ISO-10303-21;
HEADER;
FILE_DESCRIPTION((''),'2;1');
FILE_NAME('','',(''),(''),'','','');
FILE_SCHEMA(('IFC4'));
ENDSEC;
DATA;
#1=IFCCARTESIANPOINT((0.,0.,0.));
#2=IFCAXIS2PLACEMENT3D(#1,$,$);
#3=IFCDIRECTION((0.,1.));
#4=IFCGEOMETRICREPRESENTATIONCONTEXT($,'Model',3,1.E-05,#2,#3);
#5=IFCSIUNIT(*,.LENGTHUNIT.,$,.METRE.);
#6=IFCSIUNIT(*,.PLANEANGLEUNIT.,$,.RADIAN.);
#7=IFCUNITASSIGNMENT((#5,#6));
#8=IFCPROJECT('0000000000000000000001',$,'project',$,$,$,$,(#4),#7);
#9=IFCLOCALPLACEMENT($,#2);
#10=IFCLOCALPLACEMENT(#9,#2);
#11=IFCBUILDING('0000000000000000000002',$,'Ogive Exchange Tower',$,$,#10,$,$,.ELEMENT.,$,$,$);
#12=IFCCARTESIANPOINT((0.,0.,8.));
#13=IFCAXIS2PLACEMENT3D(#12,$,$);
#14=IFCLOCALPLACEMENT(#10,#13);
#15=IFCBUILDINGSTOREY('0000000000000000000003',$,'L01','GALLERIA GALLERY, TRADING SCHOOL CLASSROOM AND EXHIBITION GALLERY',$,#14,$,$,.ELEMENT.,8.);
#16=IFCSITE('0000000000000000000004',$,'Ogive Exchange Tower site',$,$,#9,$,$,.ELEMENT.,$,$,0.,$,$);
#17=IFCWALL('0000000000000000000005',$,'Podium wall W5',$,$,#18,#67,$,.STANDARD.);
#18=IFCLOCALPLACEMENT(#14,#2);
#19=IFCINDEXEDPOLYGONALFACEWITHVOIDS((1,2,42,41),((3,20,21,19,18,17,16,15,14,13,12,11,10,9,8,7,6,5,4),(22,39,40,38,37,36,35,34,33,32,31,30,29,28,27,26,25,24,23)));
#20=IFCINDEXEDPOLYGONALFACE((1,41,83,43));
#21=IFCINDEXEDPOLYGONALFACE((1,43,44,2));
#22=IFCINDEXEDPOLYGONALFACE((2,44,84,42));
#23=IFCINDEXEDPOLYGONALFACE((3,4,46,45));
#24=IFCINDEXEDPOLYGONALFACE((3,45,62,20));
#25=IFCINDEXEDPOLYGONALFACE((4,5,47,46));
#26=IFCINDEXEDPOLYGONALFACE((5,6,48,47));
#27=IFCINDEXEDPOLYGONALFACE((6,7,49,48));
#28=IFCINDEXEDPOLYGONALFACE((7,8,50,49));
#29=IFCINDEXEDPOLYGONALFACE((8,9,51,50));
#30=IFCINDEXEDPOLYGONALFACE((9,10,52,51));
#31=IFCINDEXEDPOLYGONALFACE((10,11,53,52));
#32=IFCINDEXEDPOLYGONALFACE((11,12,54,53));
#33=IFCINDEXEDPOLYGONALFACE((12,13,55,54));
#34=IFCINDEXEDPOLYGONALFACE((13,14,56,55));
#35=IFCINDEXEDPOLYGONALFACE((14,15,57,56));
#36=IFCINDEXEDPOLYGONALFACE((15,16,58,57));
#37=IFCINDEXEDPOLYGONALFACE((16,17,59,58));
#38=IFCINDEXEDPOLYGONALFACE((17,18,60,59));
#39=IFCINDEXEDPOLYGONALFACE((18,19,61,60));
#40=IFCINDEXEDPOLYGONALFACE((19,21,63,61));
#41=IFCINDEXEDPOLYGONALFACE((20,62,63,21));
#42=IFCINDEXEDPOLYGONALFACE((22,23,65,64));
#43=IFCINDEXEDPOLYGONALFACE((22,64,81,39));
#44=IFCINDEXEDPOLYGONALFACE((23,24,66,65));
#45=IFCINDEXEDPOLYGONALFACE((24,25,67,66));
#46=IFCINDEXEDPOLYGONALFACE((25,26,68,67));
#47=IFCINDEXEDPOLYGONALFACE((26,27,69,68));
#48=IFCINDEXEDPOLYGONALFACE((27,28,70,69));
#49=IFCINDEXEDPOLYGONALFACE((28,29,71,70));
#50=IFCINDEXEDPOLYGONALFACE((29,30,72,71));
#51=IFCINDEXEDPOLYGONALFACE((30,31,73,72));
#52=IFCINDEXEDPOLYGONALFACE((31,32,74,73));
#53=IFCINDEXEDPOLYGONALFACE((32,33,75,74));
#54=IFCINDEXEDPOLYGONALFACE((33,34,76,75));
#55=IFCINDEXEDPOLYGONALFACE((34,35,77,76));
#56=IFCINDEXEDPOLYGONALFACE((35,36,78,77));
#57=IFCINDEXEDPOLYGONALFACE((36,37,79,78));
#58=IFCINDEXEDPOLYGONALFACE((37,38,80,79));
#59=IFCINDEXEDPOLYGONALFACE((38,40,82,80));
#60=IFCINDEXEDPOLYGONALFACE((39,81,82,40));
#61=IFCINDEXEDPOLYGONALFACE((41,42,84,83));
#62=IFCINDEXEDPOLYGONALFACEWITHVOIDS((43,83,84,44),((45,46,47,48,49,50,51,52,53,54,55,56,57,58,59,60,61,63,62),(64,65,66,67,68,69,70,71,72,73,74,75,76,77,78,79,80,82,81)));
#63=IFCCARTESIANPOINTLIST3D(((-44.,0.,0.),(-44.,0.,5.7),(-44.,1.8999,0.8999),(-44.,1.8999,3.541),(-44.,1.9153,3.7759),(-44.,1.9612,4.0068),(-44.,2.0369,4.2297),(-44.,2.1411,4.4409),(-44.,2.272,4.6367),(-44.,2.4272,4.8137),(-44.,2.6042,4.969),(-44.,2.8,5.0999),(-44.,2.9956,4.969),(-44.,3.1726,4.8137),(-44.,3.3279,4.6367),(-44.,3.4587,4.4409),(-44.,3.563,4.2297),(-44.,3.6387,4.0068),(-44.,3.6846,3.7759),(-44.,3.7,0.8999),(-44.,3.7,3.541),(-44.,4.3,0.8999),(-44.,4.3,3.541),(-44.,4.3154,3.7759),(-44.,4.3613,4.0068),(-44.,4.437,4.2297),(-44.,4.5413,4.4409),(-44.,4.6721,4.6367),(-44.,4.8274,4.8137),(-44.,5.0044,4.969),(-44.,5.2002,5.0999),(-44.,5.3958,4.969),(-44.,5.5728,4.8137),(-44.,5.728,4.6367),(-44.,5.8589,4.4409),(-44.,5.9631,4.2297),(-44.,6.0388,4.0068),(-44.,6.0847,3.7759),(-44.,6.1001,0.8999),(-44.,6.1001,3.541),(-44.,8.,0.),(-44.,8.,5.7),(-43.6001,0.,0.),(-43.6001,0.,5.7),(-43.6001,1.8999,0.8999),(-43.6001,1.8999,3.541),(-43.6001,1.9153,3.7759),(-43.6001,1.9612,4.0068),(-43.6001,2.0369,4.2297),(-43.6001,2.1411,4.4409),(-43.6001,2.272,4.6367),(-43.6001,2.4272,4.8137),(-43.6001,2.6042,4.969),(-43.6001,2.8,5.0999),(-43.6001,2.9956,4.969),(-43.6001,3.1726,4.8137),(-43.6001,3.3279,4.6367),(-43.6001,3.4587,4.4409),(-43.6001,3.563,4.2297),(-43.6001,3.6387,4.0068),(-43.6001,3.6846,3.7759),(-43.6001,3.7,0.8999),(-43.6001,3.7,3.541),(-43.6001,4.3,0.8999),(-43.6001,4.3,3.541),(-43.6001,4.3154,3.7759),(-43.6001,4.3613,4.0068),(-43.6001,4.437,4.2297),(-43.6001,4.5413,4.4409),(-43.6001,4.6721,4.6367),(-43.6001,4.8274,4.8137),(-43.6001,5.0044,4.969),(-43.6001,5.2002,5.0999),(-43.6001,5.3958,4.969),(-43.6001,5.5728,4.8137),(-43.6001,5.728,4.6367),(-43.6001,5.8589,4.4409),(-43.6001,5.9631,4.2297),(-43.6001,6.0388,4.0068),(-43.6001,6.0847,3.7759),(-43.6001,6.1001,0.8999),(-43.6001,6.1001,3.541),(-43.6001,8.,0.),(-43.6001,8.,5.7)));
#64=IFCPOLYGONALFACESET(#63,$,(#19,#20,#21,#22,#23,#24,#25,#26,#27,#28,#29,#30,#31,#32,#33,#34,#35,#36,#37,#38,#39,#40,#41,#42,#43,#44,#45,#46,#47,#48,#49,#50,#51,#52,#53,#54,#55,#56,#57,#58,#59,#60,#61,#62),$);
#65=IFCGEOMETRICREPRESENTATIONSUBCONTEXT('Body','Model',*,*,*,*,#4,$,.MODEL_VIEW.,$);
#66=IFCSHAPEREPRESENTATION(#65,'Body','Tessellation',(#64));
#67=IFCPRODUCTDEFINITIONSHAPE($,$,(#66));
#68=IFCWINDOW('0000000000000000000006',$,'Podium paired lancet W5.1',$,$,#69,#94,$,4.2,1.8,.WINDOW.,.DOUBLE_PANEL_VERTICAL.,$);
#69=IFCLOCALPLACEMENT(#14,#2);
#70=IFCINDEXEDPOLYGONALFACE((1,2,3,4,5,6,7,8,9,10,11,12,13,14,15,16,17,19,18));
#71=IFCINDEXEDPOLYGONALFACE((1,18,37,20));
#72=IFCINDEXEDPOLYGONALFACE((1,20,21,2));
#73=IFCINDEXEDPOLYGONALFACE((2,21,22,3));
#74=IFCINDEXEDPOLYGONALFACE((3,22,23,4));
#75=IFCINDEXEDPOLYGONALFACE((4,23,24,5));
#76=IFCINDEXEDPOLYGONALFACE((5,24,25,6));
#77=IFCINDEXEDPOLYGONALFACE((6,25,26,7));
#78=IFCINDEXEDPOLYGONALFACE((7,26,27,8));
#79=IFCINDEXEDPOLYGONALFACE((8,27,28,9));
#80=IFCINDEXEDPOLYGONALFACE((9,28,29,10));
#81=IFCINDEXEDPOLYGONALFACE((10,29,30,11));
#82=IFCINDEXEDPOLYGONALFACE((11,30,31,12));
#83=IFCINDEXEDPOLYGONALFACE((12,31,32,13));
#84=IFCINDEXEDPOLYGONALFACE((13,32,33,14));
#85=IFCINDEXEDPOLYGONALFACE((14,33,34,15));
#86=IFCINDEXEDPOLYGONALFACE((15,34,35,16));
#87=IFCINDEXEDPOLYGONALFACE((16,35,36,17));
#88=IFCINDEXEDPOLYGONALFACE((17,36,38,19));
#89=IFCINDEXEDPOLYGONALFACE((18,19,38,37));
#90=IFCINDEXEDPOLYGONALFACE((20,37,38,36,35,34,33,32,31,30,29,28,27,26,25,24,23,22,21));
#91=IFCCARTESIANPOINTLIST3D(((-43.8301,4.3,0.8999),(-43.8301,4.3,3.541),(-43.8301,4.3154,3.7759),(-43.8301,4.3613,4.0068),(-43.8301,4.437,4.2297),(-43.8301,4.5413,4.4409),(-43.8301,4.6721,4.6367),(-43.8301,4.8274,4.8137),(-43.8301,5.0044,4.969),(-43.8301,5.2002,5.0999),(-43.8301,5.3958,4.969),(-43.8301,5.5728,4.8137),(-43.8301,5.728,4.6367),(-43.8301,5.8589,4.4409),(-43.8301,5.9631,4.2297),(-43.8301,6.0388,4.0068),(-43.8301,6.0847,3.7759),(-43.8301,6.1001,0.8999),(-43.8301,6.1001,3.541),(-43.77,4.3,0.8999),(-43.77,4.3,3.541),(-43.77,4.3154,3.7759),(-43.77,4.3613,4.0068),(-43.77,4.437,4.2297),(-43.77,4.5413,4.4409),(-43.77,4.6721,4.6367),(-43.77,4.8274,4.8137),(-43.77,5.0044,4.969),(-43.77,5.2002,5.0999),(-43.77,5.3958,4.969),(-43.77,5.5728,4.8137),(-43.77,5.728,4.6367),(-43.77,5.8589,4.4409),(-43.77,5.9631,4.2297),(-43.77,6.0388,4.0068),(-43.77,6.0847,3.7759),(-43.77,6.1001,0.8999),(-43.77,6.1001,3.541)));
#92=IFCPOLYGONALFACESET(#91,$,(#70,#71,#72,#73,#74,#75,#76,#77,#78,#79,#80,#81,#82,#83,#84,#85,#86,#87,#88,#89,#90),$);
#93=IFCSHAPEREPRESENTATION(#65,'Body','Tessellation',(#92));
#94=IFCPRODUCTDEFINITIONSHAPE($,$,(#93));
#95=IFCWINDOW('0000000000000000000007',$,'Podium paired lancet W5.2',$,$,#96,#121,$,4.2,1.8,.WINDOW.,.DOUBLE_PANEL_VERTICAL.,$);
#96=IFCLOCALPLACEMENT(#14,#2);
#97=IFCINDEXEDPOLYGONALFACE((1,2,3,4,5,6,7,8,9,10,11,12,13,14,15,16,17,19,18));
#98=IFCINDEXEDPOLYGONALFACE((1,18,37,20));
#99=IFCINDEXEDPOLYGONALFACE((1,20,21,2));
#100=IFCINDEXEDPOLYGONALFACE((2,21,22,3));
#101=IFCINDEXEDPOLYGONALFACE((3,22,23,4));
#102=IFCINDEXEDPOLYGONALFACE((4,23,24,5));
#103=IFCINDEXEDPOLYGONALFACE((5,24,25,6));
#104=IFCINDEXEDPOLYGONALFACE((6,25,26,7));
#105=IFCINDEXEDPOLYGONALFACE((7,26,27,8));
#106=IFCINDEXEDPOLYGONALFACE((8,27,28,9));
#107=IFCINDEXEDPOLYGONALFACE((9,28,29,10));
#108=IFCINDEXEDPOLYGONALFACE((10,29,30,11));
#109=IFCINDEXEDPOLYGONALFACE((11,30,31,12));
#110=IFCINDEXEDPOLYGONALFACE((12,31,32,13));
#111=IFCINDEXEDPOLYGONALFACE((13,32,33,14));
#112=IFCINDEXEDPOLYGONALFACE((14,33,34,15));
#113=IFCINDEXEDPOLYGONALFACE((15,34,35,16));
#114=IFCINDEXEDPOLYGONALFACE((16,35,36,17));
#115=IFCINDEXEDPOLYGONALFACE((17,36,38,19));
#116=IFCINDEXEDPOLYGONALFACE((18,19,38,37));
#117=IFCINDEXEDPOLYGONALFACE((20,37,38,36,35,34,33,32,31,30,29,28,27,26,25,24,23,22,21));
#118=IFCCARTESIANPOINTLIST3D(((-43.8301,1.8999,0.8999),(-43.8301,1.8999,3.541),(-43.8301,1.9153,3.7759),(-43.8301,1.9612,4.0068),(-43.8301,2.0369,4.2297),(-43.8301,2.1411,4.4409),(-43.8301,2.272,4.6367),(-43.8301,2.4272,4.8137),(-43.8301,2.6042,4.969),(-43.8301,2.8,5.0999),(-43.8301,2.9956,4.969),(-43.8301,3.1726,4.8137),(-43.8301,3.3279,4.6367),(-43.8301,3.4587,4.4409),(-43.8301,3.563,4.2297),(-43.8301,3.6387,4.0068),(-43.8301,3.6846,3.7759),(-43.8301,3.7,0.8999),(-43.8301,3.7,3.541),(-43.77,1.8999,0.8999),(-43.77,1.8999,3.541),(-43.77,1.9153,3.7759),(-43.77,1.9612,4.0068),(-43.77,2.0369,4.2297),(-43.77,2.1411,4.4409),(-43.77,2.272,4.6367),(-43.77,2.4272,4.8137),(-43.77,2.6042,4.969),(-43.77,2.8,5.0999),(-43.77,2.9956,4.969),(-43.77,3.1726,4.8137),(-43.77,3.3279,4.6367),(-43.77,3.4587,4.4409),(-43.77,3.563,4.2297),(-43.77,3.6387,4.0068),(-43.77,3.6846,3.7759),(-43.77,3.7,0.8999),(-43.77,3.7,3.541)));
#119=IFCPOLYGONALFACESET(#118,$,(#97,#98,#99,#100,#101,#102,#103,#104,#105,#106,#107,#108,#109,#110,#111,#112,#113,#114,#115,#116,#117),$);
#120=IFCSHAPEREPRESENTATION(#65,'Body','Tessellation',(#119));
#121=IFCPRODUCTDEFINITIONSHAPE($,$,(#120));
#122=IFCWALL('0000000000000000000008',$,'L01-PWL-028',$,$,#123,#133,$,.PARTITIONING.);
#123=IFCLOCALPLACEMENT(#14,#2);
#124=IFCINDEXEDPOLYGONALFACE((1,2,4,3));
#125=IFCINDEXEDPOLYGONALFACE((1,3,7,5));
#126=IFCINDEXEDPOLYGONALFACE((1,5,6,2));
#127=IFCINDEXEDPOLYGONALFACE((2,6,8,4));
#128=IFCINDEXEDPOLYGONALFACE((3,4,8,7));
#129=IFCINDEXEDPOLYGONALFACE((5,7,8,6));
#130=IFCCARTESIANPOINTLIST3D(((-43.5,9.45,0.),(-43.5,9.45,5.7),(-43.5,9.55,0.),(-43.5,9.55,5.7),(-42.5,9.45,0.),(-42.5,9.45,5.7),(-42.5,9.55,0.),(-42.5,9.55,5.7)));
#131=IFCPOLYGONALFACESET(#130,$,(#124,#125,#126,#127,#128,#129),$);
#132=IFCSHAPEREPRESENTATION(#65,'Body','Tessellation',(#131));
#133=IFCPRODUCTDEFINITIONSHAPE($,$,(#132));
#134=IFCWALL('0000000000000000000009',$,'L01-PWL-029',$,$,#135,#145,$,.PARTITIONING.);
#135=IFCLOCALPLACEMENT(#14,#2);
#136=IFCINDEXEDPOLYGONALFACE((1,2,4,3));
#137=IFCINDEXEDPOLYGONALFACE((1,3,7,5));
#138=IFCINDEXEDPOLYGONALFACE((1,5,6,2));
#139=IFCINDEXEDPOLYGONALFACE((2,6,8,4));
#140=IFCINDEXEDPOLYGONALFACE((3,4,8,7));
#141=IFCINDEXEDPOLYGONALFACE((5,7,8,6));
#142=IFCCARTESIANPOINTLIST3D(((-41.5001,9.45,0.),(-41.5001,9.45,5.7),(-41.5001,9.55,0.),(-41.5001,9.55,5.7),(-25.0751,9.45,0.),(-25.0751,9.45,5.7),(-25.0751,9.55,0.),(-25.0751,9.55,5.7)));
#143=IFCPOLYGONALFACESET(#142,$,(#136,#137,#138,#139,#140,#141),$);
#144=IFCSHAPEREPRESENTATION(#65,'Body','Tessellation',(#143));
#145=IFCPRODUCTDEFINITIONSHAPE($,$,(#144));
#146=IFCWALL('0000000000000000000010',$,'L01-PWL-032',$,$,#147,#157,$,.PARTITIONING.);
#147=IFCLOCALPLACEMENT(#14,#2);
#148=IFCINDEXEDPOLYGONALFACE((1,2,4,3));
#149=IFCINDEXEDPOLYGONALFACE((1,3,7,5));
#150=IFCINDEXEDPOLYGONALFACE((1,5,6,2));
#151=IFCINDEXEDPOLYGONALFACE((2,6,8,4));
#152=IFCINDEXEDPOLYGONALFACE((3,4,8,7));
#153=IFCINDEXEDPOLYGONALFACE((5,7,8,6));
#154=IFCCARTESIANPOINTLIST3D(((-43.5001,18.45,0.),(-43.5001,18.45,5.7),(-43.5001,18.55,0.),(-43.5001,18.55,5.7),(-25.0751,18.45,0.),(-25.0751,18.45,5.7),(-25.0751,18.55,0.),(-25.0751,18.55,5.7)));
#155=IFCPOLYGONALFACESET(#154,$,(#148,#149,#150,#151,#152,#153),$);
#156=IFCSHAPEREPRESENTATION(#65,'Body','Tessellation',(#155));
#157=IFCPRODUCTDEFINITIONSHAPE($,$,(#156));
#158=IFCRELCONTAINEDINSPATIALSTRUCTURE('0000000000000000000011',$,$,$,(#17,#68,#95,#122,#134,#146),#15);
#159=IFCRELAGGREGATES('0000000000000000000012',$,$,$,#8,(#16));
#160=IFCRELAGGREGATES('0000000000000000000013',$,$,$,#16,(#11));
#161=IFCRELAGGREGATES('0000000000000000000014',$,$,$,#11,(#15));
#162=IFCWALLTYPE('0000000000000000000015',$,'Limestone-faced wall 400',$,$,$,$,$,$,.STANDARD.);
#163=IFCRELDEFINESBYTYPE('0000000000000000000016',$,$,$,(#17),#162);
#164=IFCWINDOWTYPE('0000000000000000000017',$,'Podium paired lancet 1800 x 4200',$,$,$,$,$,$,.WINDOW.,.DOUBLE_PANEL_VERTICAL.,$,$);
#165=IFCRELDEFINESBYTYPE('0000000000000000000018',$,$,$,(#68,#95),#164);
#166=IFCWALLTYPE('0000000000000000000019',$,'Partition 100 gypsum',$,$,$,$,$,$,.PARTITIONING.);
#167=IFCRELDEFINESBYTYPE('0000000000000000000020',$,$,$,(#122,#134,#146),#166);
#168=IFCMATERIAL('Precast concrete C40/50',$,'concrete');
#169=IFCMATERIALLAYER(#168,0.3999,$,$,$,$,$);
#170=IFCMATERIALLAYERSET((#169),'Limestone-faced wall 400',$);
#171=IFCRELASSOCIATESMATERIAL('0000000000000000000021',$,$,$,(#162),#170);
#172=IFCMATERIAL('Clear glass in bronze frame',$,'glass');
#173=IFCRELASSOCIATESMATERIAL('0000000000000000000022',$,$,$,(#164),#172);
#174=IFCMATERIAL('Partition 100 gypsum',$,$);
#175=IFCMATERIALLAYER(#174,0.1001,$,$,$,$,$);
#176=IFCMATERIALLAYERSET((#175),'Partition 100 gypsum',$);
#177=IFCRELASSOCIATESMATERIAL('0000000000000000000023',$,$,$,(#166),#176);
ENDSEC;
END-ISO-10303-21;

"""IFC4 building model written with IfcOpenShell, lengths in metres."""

from ifc_helpers import new_model, si_unit, direction, frame, frame_2d, origin, place, context, subcontext, project, spatial, polyline, rectangle, outline, extrude, material, layer, layer_set, type_object, element, fill, save


model = new_model("IFC4")

# Units and contexts
model_context = context("Model", 3, precision=1e-05, world=origin(), true_north=direction((0.0, 1.0)))
body_context = subcontext(model_context, "Body", "Model", "MODEL_VIEW")
ifc_project = project(units=[si_unit("LENGTHUNIT", "METRE"), si_unit("PLANEANGLEUNIT", "RADIAN")], contexts=[model_context])

# Site, building, storey
site_placement = place(None, origin())
site = spatial("IfcSite", under=ifc_project, at=site_placement, Name="Ogive Exchange Tower site", CompositionType="ELEMENT", RefElevation=0.0)
building_placement = place(site_placement, origin())
building = spatial("IfcBuilding", under=site, at=building_placement, Name="Ogive Exchange Tower", CompositionType="ELEMENT")
storey_placement = place(building_placement, frame((0.0, 0.0, 8.0)))
storey = spatial("IfcBuildingStorey", under=building, at=storey_placement, Name="L01", Description="GALLERIA GALLERY, TRADING SCHOOL CLASSROOM AND EXHIBITION GALLERY", CompositionType="ELEMENT", Elevation=8.0)

# Wall, openings, windows
ifc_material_1 = material(Name="Precast concrete C40/50", Category="concrete")
ifc_layer_1 = layer(ifc_material_1, 0.3999)
ifc_layer_set_1 = layer_set([ifc_layer_1], Name="Limestone-faced wall 400")
wall_type_1 = type_object("IfcWallType", Name="Limestone-faced wall 400", PredefinedType="STANDARD", material=ifc_layer_set_1)
ifc_material_2 = material(Name="Clear glass in bronze frame", Category="glass")
window_type = type_object("IfcWindowType", Name="Podium paired lancet 1800 x 4200", PartitioningType="DOUBLE_PANEL_VERTICAL", PredefinedType="WINDOW", material=ifc_material_2)
wall_1_placement = place(storey_placement, frame((-43.8, 8.0, 0.0), z_axis=(0.0, 0.0, 1.0), x_axis=(0.0, -1.0, 0.0)))
wall_1 = element("IfcWall", 1, at=wall_1_placement, inside=storey, type_object=wall_type_1, Name="Podium wall W5", PredefinedType="STANDARD", context=body_context, shape_type="SweptSolid", body=[
    extrude(rectangle(XDim=8.0, YDim=0.3999, at=frame_2d((4.0, 0.0))), origin(), (0.0, 0.0, 1.0), 5.7),
])
opening_1_placement = place(wall_1_placement, frame((1.8999, 0.0, 0.8999)))
opening_1 = element("IfcOpeningElement", 2, at=opening_1_placement, cuts=wall_1, PredefinedType="OPENING", context=body_context, shape_type="SweptSolid", body=[
    extrude(outline(polyline([(0.0, 0.0), (1.8, 0.0), (1.8, 2.6411), (1.7847, 2.876), (1.7388, 3.1069), (1.6631, 3.3298), (1.5588, 3.541), (1.428, 3.7368), (1.2727, 3.9138), (1.0957, 4.0691), (0.8999, 4.2), (0.7043, 4.0691), (0.5273, 3.9138), (0.3721, 3.7368), (0.2412, 3.541), (0.137, 3.3298), (0.0613, 3.1069), (0.0154, 2.876), (0.0, 2.6411), (0.0, 0.0)])), frame((0.0, 0.21, 0.0), z_axis=(0.0, -1.0, 0.0), x_axis=(1.0, 0.0, 0.0)), (0.0, 0.0, 1.0), 0.4199),
])
opening_2_placement = place(wall_1_placement, frame((4.3, 0.0, 0.8999)))
opening_2 = element("IfcOpeningElement", 3, at=opening_2_placement, cuts=wall_1, PredefinedType="OPENING", context=body_context, shape_type="SweptSolid", body=[
    extrude(outline(polyline([(0.0, 0.0), (1.8, 0.0), (1.8, 2.6411), (1.7847, 2.876), (1.7388, 3.1069), (1.6631, 3.3298), (1.5588, 3.541), (1.428, 3.7368), (1.2727, 3.9138), (1.0957, 4.0691), (0.8999, 4.2), (0.7043, 4.0691), (0.5273, 3.9138), (0.3721, 3.7368), (0.2412, 3.541), (0.137, 3.3298), (0.0613, 3.1069), (0.0154, 2.876), (0.0, 2.6411), (0.0, 0.0)])), frame((0.0, 0.21, 0.0), z_axis=(0.0, -1.0, 0.0), x_axis=(1.0, 0.0, 0.0)), (0.0, 0.0, 1.0), 0.4199),
])
window_1_placement = place(opening_1_placement, origin())
window_1 = element("IfcWindow", 4, at=window_1_placement, inside=storey, type_object=window_type, Name="Podium paired lancet W5.1", OverallHeight=4.2, OverallWidth=1.8, PartitioningType="DOUBLE_PANEL_VERTICAL", PredefinedType="WINDOW", context=body_context, shape_type="SweptSolid", body=[
    extrude(outline(polyline([(0.0, 0.0), (1.8, 0.0), (1.8, 2.6411), (1.7847, 2.876), (1.7388, 3.1069), (1.6631, 3.3298), (1.5588, 3.541), (1.428, 3.7368), (1.2727, 3.9138), (1.0957, 4.0691), (0.8999, 4.2), (0.7043, 4.0691), (0.5273, 3.9138), (0.3721, 3.7368), (0.2412, 3.541), (0.137, 3.3298), (0.0613, 3.1069), (0.0154, 2.876), (0.0, 2.6411), (0.0, 0.0)])), frame((0.0, 0.03, 0.0), z_axis=(0.0, -1.0, 0.0), x_axis=(1.0, 0.0, 0.0)), (0.0, 0.0, 1.0), 0.0601),
])
fill(opening_1, window_1)
window_2_placement = place(opening_2_placement, origin())
window_2 = element("IfcWindow", 5, at=window_2_placement, inside=storey, type_object=window_type, Name="Podium paired lancet W5.2", OverallHeight=4.2, OverallWidth=1.8, PartitioningType="DOUBLE_PANEL_VERTICAL", PredefinedType="WINDOW", context=body_context, shape_type="SweptSolid", body=[
    extrude(outline(polyline([(0.0, 0.0), (1.8, 0.0), (1.8, 2.6411), (1.7847, 2.876), (1.7388, 3.1069), (1.6631, 3.3298), (1.5588, 3.541), (1.428, 3.7368), (1.2727, 3.9138), (1.0957, 4.0691), (0.8999, 4.2), (0.7043, 4.0691), (0.5273, 3.9138), (0.3721, 3.7368), (0.2412, 3.541), (0.137, 3.3298), (0.0613, 3.1069), (0.0154, 2.876), (0.0, 2.6411), (0.0, 0.0)])), frame((0.0, 0.03, 0.0), z_axis=(0.0, -1.0, 0.0), x_axis=(1.0, 0.0, 0.0)), (0.0, 0.0, 1.0), 0.0601),
])
fill(opening_2, window_2)

# Walls
ifc_material_3 = material(Name="Partition 100 gypsum")
ifc_layer_2 = layer(ifc_material_3, 0.1001)
ifc_layer_set_2 = layer_set([ifc_layer_2], Name="Partition 100 gypsum")
wall_type_2 = type_object("IfcWallType", Name="Partition 100 gypsum", PredefinedType="PARTITIONING", material=ifc_layer_set_2)
wall_2_placement = place(storey_placement, frame((-43.5, 9.5, 0.0), z_axis=(0.0, 0.0, 1.0), x_axis=(1.0, 0.0, 0.0)))
element("IfcWall", 6, at=wall_2_placement, inside=storey, type_object=wall_type_2, Name="L01-PWL-028", PredefinedType="PARTITIONING", context=body_context, shape_type="SweptSolid", body=[
    extrude(rectangle(XDim=1.0, YDim=0.1001, at=frame_2d((0.5, 0.0))), origin(), (0.0, 0.0, 1.0), 5.7),
])
wall_3_placement = place(storey_placement, frame((-41.5, 9.5, 0.0), z_axis=(0.0, 0.0, 1.0), x_axis=(1.0, 0.0, 0.0)))
element("IfcWall", 7, at=wall_3_placement, inside=storey, type_object=wall_type_2, Name="L01-PWL-029", PredefinedType="PARTITIONING", context=body_context, shape_type="SweptSolid", body=[
    extrude(rectangle(XDim=16.425, YDim=0.1001, at=frame_2d((8.2124, 0.0))), origin(), (0.0, 0.0, 1.0), 5.7),
])
wall_4_placement = place(storey_placement, frame((-43.5, 18.5, 0.0), z_axis=(0.0, 0.0, 1.0), x_axis=(1.0, 0.0, 0.0)))
element("IfcWall", 8, at=wall_4_placement, inside=storey, type_object=wall_type_2, Name="L01-PWL-032", PredefinedType="PARTITIONING", context=body_context, shape_type="SweptSolid", body=[
    extrude(rectangle(XDim=18.425, YDim=0.1001, at=frame_2d((9.2124, 0.0))), origin(), (0.0, 0.0, 1.0), 5.7),
])

save(model, "model.ifc")
